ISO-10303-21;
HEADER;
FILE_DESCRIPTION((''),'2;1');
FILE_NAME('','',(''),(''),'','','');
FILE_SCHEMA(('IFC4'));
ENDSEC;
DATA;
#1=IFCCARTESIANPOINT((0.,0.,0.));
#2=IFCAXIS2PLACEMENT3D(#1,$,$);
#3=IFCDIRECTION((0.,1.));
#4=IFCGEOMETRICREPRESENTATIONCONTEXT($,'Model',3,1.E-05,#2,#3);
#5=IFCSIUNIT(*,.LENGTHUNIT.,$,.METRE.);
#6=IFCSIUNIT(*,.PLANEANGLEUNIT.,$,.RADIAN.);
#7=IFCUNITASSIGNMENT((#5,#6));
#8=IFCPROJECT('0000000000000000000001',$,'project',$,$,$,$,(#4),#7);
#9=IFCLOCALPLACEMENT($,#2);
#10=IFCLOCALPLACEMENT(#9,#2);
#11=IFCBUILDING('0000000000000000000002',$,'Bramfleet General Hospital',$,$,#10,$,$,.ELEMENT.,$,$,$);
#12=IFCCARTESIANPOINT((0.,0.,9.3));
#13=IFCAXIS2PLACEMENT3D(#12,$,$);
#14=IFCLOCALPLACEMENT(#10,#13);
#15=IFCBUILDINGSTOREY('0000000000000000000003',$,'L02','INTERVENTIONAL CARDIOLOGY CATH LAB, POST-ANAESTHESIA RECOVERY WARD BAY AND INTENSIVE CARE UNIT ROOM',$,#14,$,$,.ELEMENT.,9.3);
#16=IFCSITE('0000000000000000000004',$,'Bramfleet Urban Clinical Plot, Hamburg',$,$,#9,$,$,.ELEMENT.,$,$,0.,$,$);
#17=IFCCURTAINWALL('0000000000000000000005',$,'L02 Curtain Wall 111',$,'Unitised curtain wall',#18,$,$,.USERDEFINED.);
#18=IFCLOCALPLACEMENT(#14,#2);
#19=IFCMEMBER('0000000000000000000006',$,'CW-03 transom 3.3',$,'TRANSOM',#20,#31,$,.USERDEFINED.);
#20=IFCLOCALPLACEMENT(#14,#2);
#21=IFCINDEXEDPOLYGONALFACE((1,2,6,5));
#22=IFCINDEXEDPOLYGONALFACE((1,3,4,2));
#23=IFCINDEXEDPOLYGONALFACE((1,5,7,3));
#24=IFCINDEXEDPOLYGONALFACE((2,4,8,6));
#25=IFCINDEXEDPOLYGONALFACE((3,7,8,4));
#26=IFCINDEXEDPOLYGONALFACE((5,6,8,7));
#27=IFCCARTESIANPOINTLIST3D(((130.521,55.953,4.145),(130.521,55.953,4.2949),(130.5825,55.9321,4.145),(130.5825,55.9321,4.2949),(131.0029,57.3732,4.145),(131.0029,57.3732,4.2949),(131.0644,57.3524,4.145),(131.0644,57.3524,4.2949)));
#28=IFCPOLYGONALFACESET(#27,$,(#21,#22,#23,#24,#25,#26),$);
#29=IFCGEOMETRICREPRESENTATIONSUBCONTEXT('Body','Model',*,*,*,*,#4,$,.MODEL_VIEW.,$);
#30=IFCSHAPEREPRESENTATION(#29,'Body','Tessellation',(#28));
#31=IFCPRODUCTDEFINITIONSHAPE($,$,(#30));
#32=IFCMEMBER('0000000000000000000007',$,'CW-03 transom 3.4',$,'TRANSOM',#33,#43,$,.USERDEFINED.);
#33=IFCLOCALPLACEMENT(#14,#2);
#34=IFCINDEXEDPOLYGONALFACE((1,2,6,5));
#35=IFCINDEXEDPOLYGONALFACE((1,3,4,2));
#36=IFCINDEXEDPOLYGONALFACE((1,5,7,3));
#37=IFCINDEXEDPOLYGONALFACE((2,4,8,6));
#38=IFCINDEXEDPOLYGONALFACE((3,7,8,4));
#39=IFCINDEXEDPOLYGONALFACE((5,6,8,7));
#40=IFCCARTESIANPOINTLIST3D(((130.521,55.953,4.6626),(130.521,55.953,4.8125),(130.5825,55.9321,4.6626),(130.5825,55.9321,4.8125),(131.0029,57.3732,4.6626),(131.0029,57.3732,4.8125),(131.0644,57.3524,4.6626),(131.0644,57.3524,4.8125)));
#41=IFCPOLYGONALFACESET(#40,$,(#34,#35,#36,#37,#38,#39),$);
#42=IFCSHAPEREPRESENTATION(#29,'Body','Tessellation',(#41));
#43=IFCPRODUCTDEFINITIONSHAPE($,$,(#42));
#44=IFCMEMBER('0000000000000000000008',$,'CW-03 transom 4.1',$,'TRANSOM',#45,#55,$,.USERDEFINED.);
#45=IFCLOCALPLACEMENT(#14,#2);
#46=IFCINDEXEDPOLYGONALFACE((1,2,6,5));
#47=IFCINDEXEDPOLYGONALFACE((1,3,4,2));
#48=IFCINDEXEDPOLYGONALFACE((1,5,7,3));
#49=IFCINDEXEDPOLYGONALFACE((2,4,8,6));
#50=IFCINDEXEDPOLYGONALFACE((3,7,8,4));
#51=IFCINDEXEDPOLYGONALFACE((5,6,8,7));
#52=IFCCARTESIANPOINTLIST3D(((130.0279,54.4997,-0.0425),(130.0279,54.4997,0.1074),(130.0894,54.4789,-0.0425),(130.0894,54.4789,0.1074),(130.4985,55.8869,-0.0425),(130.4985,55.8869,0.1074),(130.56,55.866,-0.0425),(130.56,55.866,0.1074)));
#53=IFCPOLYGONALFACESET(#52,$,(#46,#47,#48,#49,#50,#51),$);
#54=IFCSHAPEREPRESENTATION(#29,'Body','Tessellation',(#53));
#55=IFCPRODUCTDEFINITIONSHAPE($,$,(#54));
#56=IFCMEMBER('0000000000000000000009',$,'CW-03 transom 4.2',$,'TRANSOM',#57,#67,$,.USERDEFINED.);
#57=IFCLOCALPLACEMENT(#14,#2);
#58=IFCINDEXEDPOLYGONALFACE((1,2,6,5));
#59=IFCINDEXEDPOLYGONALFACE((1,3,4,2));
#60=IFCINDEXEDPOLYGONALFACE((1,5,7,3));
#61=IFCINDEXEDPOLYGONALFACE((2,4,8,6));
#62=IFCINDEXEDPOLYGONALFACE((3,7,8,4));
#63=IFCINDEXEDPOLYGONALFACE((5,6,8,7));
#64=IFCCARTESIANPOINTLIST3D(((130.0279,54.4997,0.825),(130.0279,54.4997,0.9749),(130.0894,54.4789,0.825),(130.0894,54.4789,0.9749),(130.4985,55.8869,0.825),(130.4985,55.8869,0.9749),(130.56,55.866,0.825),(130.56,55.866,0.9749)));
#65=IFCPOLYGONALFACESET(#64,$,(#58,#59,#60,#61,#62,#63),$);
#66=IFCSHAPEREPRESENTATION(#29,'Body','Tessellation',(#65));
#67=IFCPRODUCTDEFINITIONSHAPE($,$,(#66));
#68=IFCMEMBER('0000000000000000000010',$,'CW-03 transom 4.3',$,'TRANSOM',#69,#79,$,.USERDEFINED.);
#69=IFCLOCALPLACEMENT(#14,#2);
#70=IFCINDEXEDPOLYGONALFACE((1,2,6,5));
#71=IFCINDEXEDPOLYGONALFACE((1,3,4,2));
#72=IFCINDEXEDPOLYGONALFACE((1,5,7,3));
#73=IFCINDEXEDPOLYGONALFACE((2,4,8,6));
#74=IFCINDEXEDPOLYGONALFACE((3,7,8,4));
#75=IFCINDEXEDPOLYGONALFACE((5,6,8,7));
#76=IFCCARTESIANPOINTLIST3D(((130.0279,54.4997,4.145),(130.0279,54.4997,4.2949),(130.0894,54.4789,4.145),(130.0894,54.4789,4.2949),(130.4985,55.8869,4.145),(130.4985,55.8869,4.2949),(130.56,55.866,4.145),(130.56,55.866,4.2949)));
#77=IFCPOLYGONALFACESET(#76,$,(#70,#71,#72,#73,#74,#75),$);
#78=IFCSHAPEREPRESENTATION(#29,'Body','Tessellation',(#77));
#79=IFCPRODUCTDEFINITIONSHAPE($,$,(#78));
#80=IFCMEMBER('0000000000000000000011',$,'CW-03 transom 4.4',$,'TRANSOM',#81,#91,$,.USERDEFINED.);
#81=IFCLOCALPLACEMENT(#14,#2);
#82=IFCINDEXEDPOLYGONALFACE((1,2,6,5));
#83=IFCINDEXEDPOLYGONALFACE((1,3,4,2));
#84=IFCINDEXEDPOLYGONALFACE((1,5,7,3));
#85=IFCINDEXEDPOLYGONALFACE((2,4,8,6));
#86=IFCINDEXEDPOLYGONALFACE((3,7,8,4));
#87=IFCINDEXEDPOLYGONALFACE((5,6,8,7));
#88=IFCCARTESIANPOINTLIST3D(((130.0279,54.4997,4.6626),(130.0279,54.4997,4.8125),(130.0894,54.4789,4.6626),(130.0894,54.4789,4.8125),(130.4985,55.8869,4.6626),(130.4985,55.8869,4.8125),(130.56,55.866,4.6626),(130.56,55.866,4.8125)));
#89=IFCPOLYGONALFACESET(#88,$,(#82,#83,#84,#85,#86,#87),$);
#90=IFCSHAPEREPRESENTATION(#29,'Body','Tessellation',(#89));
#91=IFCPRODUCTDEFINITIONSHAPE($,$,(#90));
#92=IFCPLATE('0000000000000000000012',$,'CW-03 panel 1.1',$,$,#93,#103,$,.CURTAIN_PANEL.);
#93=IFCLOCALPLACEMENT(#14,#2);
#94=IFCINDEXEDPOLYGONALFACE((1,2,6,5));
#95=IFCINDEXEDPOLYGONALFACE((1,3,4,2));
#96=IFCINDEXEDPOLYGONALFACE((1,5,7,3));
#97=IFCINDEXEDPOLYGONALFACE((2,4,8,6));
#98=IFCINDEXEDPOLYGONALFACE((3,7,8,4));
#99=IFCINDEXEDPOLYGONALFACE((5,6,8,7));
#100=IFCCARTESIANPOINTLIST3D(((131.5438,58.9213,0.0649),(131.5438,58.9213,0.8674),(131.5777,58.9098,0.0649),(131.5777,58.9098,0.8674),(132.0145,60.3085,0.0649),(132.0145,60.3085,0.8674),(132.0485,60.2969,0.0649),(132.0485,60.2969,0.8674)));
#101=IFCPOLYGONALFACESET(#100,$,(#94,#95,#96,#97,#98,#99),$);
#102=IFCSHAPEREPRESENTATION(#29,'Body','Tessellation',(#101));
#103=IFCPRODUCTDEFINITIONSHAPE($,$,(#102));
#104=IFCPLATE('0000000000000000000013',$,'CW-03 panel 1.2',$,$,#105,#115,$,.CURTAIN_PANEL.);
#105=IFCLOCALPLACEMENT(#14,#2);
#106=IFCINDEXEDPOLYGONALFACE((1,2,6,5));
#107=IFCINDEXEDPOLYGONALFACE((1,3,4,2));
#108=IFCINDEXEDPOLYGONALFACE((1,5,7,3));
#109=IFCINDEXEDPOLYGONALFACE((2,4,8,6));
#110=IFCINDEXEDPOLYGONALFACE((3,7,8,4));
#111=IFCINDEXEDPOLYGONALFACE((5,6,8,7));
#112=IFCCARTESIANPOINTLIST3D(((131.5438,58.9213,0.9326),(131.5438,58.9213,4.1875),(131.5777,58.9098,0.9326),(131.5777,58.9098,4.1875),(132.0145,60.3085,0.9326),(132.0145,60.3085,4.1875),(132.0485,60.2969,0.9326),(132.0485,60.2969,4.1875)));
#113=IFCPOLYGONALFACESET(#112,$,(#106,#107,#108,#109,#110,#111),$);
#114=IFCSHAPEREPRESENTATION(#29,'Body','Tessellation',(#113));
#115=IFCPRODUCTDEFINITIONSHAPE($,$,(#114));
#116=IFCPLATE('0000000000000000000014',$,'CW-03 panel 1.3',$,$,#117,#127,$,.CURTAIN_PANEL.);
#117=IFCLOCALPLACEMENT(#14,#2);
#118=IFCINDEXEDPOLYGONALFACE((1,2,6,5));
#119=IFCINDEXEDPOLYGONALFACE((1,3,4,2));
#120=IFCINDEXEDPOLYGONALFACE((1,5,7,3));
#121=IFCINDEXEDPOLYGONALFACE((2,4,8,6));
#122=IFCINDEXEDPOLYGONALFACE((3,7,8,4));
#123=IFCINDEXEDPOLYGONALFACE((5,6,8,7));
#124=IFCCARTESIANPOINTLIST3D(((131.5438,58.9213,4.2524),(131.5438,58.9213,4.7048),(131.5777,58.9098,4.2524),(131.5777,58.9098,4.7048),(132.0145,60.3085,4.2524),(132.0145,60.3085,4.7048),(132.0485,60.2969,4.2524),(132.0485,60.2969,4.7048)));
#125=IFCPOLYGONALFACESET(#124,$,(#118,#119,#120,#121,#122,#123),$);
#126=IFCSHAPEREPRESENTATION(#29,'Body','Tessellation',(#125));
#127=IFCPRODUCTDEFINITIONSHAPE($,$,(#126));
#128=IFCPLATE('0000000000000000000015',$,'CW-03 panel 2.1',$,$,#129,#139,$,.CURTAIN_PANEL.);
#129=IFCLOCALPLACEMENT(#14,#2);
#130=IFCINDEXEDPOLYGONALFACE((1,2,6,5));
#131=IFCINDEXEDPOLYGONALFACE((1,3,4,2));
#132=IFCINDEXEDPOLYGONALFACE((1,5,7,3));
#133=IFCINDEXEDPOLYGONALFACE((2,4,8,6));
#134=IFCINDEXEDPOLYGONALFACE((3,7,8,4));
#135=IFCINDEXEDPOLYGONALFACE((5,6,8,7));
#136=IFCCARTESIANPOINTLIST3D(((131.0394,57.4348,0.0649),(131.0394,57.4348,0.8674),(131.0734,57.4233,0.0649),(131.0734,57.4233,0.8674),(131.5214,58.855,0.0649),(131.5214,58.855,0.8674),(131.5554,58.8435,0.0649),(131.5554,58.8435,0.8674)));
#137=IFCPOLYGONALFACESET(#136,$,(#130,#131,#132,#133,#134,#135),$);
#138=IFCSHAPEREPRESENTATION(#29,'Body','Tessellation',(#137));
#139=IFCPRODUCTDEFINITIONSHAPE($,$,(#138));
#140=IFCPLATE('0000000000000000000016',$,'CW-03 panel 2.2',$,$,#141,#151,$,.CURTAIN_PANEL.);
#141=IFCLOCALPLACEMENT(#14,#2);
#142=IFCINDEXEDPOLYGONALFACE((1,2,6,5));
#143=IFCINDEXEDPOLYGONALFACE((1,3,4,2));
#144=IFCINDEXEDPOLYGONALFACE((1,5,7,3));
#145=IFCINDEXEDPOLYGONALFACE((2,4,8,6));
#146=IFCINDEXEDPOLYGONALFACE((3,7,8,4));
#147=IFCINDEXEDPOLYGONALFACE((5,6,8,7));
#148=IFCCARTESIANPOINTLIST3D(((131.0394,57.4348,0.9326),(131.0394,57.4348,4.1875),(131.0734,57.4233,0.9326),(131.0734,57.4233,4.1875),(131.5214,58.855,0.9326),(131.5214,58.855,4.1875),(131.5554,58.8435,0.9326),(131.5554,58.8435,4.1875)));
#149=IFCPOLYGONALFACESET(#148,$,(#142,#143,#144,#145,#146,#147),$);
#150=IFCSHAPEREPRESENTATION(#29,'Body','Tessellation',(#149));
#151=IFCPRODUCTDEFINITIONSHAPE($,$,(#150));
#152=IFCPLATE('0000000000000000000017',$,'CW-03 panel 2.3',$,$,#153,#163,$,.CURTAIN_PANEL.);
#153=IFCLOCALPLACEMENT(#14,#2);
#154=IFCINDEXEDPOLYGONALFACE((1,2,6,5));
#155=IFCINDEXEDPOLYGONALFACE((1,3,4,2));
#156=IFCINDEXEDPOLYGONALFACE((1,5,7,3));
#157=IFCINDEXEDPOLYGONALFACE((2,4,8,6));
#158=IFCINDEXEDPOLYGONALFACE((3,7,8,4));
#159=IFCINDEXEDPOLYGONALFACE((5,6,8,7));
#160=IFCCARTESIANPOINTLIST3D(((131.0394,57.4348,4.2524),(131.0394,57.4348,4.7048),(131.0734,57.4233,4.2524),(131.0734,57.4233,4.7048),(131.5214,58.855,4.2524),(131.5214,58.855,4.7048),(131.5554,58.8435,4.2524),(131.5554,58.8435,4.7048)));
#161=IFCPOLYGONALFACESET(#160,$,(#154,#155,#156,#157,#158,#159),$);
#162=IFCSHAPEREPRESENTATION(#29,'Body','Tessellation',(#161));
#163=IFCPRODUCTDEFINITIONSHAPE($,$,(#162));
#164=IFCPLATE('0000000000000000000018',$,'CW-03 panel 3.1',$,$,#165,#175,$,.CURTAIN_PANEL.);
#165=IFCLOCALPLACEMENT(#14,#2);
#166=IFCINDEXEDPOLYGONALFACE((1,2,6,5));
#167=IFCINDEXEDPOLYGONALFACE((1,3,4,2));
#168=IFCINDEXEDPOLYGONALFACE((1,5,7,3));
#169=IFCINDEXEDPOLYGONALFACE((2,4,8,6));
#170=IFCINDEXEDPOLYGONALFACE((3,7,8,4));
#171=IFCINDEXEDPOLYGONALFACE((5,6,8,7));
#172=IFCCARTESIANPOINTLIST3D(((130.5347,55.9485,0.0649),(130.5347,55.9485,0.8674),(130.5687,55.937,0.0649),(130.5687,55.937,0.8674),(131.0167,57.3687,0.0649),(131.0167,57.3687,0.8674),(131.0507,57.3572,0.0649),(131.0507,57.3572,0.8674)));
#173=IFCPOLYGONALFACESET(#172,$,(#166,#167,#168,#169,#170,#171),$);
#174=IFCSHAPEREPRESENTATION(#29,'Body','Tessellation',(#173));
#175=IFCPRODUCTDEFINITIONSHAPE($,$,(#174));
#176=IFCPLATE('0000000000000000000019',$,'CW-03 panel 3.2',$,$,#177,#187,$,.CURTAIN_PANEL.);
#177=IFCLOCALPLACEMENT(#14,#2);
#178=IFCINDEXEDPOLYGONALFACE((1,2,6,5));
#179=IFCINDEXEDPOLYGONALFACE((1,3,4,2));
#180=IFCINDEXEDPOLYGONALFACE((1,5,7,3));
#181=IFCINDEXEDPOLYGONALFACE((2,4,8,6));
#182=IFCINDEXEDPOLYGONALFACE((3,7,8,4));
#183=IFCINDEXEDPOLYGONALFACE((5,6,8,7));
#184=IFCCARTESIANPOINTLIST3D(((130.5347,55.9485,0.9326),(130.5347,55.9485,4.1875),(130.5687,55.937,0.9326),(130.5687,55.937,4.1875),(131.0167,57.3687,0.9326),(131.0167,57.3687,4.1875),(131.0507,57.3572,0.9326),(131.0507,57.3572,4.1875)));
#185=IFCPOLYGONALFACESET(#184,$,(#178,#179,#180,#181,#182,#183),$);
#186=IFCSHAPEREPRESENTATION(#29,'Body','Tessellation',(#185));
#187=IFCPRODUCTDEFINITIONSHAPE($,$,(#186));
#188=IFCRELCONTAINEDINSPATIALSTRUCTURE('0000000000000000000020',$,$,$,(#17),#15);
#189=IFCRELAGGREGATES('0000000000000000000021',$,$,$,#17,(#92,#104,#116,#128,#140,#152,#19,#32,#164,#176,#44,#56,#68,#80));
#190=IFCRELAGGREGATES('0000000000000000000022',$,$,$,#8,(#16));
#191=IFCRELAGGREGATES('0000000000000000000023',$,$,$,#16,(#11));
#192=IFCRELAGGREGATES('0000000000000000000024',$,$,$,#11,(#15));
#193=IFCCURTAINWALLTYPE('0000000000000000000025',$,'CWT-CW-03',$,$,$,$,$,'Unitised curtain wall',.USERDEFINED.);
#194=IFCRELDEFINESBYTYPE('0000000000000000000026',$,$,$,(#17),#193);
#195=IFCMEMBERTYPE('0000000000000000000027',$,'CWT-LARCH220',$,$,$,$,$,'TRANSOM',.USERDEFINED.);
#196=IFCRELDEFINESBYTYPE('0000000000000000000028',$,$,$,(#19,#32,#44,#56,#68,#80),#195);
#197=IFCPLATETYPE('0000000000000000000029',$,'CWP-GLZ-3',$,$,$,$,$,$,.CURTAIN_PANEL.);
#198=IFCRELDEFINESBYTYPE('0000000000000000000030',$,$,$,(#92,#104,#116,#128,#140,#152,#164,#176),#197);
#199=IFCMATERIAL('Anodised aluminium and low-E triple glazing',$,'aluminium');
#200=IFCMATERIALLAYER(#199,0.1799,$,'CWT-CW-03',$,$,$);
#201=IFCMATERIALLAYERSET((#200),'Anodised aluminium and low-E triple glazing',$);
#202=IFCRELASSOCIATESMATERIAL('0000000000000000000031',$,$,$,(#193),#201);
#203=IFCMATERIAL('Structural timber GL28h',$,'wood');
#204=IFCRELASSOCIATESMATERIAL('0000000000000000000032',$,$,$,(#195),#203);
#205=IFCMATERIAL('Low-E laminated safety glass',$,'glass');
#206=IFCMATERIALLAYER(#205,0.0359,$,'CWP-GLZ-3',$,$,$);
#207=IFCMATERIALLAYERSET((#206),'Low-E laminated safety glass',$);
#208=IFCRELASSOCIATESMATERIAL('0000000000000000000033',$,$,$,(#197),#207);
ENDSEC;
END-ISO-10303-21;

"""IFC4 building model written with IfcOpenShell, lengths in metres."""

from ifc_helpers import new_model, si_unit, direction, frame, origin, origin_2d, place, context, subcontext, project, spatial, rectangle, extrude, material, layer, layer_set, material_profile, profile_set, type_object, element, aggregate, save


model = new_model("IFC4")

# Units and contexts
model_context = context("Model", 3, precision=1e-05, world=origin(), true_north=direction((0.0, 1.0)))
body_context = subcontext(model_context, "Body", "Model", "MODEL_VIEW")
ifc_project = project(units=[si_unit("LENGTHUNIT", "METRE"), si_unit("PLANEANGLEUNIT", "RADIAN")], contexts=[model_context])

# Site, building, storey
site_placement = place(None, origin())
site = spatial("IfcSite", under=ifc_project, at=site_placement, Name="Bramfleet Urban Clinical Plot, Hamburg", CompositionType="ELEMENT", RefElevation=0.0)
building_placement = place(site_placement, origin())
building = spatial("IfcBuilding", under=site, at=building_placement, Name="Bramfleet General Hospital", CompositionType="ELEMENT")
storey_placement = place(building_placement, frame((0.0, 0.0, 9.3)))
storey = spatial("IfcBuildingStorey", under=building, at=storey_placement, Name="L02", Description="INTERVENTIONAL CARDIOLOGY CATH LAB, POST-ANAESTHESIA RECOVERY WARD BAY AND INTENSIVE CARE UNIT ROOM", CompositionType="ELEMENT", Elevation=9.3)

# Curtain wall, members, plates
ifc_material_1 = material(Name="Anodised aluminium and low-E triple glazing", Category="aluminium")
ifc_layer_1 = layer(ifc_material_1, 0.1799, Name="CWT-CW-03")
ifc_layer_set_1 = layer_set([ifc_layer_1], Name="Anodised aluminium and low-E triple glazing")
curtain_wall_type = type_object("IfcCurtainWallType", Name="CWT-CW-03", ElementType="Unitised curtain wall", PredefinedType="USERDEFINED", material=ifc_layer_set_1)
curtain_wall_placement = place(storey_placement, origin())
curtain_wall = element("IfcCurtainWall", 1, at=curtain_wall_placement, inside=storey, type_object=curtain_wall_type, Name="L02 Curtain Wall 111", ObjectType="Unitised curtain wall", PredefinedType="USERDEFINED")
ifc_material_2 = material(Name="Structural timber GL28h", Category="wood")
ifc_material_profile_1 = material_profile(ifc_material_2, rectangle(XDim=0.0649, YDim=0.1499, at=origin_2d()), Name="LARCH 150x65")
ifc_profile_set_1 = profile_set([ifc_material_profile_1], Name="Structural timber GL28h")
member_type_1 = type_object("IfcMemberType", Name="CWT-LARCH220", ElementType="TRANSOM", PredefinedType="USERDEFINED", material=ifc_profile_set_1)
member_1_placement = place(storey_placement, frame((131.0337, 57.3628, 4.22), z_axis=(-0.321351, -0.94696, 0.0), x_axis=(0.94696, -0.321351, 0.0)))
member_1 = element("IfcMember", 2, at=member_1_placement, type_object=member_type_1, Name="CW-03 transom 3.3", ObjectType="TRANSOM", PredefinedType="USERDEFINED", context=body_context, shape_type="SweptSolid", body=[
    extrude(rectangle(XDim=0.0649, YDim=0.1499, at=origin_2d()), origin(), (0.0, 0.0, 1.0), 1.4998),
])
member_2_placement = place(storey_placement, frame((131.0337, 57.3628, 4.7375), z_axis=(-0.321351, -0.94696, 0.0), x_axis=(0.94696, -0.321351, 0.0)))
member_2 = element("IfcMember", 3, at=member_2_placement, type_object=member_type_1, Name="CW-03 transom 3.4", ObjectType="TRANSOM", PredefinedType="USERDEFINED", context=body_context, shape_type="SweptSolid", body=[
    extrude(rectangle(XDim=0.0649, YDim=0.1499, at=origin_2d()), origin(), (0.0, 0.0, 1.0), 1.4998),
])
member_3_placement = place(storey_placement, frame((130.5293, 55.8765, 0.0325), z_axis=(-0.321323, -0.94697, 0.0), x_axis=(0.94697, -0.321323, 0.0)))
member_3 = element("IfcMember", 4, at=member_3_placement, type_object=member_type_1, Name="CW-03 transom 4.1", ObjectType="TRANSOM", PredefinedType="USERDEFINED", context=body_context, shape_type="SweptSolid", body=[
    extrude(rectangle(XDim=0.0649, YDim=0.1499, at=origin_2d()), origin(), (0.0, 0.0, 1.0), 1.4648),
])
member_4_placement = place(storey_placement, frame((130.5293, 55.8765, 0.8999), z_axis=(-0.321323, -0.94697, 0.0), x_axis=(0.94697, -0.321323, 0.0)))
member_4 = element("IfcMember", 5, at=member_4_placement, type_object=member_type_1, Name="CW-03 transom 4.2", ObjectType="TRANSOM", PredefinedType="USERDEFINED", context=body_context, shape_type="SweptSolid", body=[
    extrude(rectangle(XDim=0.0649, YDim=0.1499, at=origin_2d()), origin(), (0.0, 0.0, 1.0), 1.4648),
])
member_5_placement = place(storey_placement, frame((130.5293, 55.8765, 4.22), z_axis=(-0.321323, -0.94697, 0.0), x_axis=(0.94697, -0.321323, 0.0)))
member_5 = element("IfcMember", 6, at=member_5_placement, type_object=member_type_1, Name="CW-03 transom 4.3", ObjectType="TRANSOM", PredefinedType="USERDEFINED", context=body_context, shape_type="SweptSolid", body=[
    extrude(rectangle(XDim=0.0649, YDim=0.1499, at=origin_2d()), origin(), (0.0, 0.0, 1.0), 1.4648),
])
member_6_placement = place(storey_placement, frame((130.5293, 55.8765, 4.7375), z_axis=(-0.321323, -0.94697, 0.0), x_axis=(0.94697, -0.321323, 0.0)))
member_6 = element("IfcMember", 7, at=member_6_placement, type_object=member_type_1, Name="CW-03 transom 4.4", ObjectType="TRANSOM", PredefinedType="USERDEFINED", context=body_context, shape_type="SweptSolid", body=[
    extrude(rectangle(XDim=0.0649, YDim=0.1499, at=origin_2d()), origin(), (0.0, 0.0, 1.0), 1.4648),
])
ifc_material_3 = material(Name="Low-E laminated safety glass", Category="glass")
ifc_layer_2 = layer(ifc_material_3, 0.0359, Name="CWP-GLZ-3")
ifc_layer_set_2 = layer_set([ifc_layer_2], Name="Low-E laminated safety glass")
plate_type = type_object("IfcPlateType", Name="CWP-GLZ-3", PredefinedType="CURTAIN_PANEL", material=ifc_layer_set_2)
plate_1_placement = place(storey_placement, frame((131.7961, 59.6091, 0.0649), z_axis=(0.0, 0.0, 1.0), x_axis=(-0.321383, -0.946949, 0.0)))
plate_1 = element("IfcPlate", 8, at=plate_1_placement, type_object=plate_type, Name="CW-03 panel 1.1", PredefinedType="CURTAIN_PANEL", context=body_context, shape_type="SweptSolid", body=[
    extrude(rectangle(XDim=1.4648, YDim=0.0359, at=origin_2d()), origin(), (0.0, 0.0, 1.0), 0.8025),
])
plate_2_placement = place(storey_placement, frame((131.7961, 59.6091, 0.9326), z_axis=(0.0, 0.0, 1.0), x_axis=(-0.321383, -0.946949, 0.0)))
plate_2 = element("IfcPlate", 9, at=plate_2_placement, type_object=plate_type, Name="CW-03 panel 1.2", PredefinedType="CURTAIN_PANEL", context=body_context, shape_type="SweptSolid", body=[
    extrude(rectangle(XDim=1.4648, YDim=0.0359, at=origin_2d()), origin(), (0.0, 0.0, 1.0), 3.2549),
])
plate_3_placement = place(storey_placement, frame((131.7961, 59.6091, 4.2524), z_axis=(0.0, 0.0, 1.0), x_axis=(-0.321383, -0.946949, 0.0)))
plate_3 = element("IfcPlate", 10, at=plate_3_placement, type_object=plate_type, Name="CW-03 panel 1.3", PredefinedType="CURTAIN_PANEL", context=body_context, shape_type="SweptSolid", body=[
    extrude(rectangle(XDim=1.4648, YDim=0.0359, at=origin_2d()), origin(), (0.0, 0.0, 1.0), 0.4524),
])
plate_4_placement = place(storey_placement, frame((131.2974, 58.1392, 0.0649), z_axis=(0.0, 0.0, 1.0), x_axis=(-0.321383, -0.946949, 0.0)))
plate_4 = element("IfcPlate", 11, at=plate_4_placement, type_object=plate_type, Name="CW-03 panel 2.1", PredefinedType="CURTAIN_PANEL", context=body_context, shape_type="SweptSolid", body=[
    extrude(rectangle(XDim=1.4998, YDim=0.0359, at=origin_2d()), origin(), (0.0, 0.0, 1.0), 0.8025),
])
plate_5_placement = place(storey_placement, frame((131.2974, 58.1392, 0.9326), z_axis=(0.0, 0.0, 1.0), x_axis=(-0.321383, -0.946949, 0.0)))
plate_5 = element("IfcPlate", 12, at=plate_5_placement, type_object=plate_type, Name="CW-03 panel 2.2", PredefinedType="CURTAIN_PANEL", context=body_context, shape_type="SweptSolid", body=[
    extrude(rectangle(XDim=1.4998, YDim=0.0359, at=origin_2d()), origin(), (0.0, 0.0, 1.0), 3.2549),
])
plate_6_placement = place(storey_placement, frame((131.2974, 58.1392, 4.2524), z_axis=(0.0, 0.0, 1.0), x_axis=(-0.321383, -0.946949, 0.0)))
plate_6 = element("IfcPlate", 13, at=plate_6_placement, type_object=plate_type, Name="CW-03 panel 2.3", PredefinedType="CURTAIN_PANEL", context=body_context, shape_type="SweptSolid", body=[
    extrude(rectangle(XDim=1.4998, YDim=0.0359, at=origin_2d()), origin(), (0.0, 0.0, 1.0), 0.4524),
])
plate_7_placement = place(storey_placement, frame((130.7927, 56.6528, 0.0649), z_axis=(0.0, 0.0, 1.0), x_axis=(-0.321383, -0.946949, 0.0)))
plate_7 = element("IfcPlate", 14, at=plate_7_placement, type_object=plate_type, Name="CW-03 panel 3.1", PredefinedType="CURTAIN_PANEL", context=body_context, shape_type="SweptSolid", body=[
    extrude(rectangle(XDim=1.4998, YDim=0.0359, at=origin_2d()), origin(), (0.0, 0.0, 1.0), 0.8025),
])
plate_8_placement = place(storey_placement, frame((130.7927, 56.6528, 0.9326), z_axis=(0.0, 0.0, 1.0), x_axis=(-0.321383, -0.946949, 0.0)))
plate_8 = element("IfcPlate", 15, at=plate_8_placement, type_object=plate_type, Name="CW-03 panel 3.2", PredefinedType="CURTAIN_PANEL", context=body_context, shape_type="SweptSolid", body=[
    extrude(rectangle(XDim=1.4998, YDim=0.0359, at=origin_2d()), origin(), (0.0, 0.0, 1.0), 3.2549),
])
aggregate(curtain_wall, [plate_1, plate_2, plate_3, plate_4, plate_5, plate_6, member_1, member_2, plate_7, plate_8, member_3, member_4, member_5, member_6])

save(model, "model.ifc")
